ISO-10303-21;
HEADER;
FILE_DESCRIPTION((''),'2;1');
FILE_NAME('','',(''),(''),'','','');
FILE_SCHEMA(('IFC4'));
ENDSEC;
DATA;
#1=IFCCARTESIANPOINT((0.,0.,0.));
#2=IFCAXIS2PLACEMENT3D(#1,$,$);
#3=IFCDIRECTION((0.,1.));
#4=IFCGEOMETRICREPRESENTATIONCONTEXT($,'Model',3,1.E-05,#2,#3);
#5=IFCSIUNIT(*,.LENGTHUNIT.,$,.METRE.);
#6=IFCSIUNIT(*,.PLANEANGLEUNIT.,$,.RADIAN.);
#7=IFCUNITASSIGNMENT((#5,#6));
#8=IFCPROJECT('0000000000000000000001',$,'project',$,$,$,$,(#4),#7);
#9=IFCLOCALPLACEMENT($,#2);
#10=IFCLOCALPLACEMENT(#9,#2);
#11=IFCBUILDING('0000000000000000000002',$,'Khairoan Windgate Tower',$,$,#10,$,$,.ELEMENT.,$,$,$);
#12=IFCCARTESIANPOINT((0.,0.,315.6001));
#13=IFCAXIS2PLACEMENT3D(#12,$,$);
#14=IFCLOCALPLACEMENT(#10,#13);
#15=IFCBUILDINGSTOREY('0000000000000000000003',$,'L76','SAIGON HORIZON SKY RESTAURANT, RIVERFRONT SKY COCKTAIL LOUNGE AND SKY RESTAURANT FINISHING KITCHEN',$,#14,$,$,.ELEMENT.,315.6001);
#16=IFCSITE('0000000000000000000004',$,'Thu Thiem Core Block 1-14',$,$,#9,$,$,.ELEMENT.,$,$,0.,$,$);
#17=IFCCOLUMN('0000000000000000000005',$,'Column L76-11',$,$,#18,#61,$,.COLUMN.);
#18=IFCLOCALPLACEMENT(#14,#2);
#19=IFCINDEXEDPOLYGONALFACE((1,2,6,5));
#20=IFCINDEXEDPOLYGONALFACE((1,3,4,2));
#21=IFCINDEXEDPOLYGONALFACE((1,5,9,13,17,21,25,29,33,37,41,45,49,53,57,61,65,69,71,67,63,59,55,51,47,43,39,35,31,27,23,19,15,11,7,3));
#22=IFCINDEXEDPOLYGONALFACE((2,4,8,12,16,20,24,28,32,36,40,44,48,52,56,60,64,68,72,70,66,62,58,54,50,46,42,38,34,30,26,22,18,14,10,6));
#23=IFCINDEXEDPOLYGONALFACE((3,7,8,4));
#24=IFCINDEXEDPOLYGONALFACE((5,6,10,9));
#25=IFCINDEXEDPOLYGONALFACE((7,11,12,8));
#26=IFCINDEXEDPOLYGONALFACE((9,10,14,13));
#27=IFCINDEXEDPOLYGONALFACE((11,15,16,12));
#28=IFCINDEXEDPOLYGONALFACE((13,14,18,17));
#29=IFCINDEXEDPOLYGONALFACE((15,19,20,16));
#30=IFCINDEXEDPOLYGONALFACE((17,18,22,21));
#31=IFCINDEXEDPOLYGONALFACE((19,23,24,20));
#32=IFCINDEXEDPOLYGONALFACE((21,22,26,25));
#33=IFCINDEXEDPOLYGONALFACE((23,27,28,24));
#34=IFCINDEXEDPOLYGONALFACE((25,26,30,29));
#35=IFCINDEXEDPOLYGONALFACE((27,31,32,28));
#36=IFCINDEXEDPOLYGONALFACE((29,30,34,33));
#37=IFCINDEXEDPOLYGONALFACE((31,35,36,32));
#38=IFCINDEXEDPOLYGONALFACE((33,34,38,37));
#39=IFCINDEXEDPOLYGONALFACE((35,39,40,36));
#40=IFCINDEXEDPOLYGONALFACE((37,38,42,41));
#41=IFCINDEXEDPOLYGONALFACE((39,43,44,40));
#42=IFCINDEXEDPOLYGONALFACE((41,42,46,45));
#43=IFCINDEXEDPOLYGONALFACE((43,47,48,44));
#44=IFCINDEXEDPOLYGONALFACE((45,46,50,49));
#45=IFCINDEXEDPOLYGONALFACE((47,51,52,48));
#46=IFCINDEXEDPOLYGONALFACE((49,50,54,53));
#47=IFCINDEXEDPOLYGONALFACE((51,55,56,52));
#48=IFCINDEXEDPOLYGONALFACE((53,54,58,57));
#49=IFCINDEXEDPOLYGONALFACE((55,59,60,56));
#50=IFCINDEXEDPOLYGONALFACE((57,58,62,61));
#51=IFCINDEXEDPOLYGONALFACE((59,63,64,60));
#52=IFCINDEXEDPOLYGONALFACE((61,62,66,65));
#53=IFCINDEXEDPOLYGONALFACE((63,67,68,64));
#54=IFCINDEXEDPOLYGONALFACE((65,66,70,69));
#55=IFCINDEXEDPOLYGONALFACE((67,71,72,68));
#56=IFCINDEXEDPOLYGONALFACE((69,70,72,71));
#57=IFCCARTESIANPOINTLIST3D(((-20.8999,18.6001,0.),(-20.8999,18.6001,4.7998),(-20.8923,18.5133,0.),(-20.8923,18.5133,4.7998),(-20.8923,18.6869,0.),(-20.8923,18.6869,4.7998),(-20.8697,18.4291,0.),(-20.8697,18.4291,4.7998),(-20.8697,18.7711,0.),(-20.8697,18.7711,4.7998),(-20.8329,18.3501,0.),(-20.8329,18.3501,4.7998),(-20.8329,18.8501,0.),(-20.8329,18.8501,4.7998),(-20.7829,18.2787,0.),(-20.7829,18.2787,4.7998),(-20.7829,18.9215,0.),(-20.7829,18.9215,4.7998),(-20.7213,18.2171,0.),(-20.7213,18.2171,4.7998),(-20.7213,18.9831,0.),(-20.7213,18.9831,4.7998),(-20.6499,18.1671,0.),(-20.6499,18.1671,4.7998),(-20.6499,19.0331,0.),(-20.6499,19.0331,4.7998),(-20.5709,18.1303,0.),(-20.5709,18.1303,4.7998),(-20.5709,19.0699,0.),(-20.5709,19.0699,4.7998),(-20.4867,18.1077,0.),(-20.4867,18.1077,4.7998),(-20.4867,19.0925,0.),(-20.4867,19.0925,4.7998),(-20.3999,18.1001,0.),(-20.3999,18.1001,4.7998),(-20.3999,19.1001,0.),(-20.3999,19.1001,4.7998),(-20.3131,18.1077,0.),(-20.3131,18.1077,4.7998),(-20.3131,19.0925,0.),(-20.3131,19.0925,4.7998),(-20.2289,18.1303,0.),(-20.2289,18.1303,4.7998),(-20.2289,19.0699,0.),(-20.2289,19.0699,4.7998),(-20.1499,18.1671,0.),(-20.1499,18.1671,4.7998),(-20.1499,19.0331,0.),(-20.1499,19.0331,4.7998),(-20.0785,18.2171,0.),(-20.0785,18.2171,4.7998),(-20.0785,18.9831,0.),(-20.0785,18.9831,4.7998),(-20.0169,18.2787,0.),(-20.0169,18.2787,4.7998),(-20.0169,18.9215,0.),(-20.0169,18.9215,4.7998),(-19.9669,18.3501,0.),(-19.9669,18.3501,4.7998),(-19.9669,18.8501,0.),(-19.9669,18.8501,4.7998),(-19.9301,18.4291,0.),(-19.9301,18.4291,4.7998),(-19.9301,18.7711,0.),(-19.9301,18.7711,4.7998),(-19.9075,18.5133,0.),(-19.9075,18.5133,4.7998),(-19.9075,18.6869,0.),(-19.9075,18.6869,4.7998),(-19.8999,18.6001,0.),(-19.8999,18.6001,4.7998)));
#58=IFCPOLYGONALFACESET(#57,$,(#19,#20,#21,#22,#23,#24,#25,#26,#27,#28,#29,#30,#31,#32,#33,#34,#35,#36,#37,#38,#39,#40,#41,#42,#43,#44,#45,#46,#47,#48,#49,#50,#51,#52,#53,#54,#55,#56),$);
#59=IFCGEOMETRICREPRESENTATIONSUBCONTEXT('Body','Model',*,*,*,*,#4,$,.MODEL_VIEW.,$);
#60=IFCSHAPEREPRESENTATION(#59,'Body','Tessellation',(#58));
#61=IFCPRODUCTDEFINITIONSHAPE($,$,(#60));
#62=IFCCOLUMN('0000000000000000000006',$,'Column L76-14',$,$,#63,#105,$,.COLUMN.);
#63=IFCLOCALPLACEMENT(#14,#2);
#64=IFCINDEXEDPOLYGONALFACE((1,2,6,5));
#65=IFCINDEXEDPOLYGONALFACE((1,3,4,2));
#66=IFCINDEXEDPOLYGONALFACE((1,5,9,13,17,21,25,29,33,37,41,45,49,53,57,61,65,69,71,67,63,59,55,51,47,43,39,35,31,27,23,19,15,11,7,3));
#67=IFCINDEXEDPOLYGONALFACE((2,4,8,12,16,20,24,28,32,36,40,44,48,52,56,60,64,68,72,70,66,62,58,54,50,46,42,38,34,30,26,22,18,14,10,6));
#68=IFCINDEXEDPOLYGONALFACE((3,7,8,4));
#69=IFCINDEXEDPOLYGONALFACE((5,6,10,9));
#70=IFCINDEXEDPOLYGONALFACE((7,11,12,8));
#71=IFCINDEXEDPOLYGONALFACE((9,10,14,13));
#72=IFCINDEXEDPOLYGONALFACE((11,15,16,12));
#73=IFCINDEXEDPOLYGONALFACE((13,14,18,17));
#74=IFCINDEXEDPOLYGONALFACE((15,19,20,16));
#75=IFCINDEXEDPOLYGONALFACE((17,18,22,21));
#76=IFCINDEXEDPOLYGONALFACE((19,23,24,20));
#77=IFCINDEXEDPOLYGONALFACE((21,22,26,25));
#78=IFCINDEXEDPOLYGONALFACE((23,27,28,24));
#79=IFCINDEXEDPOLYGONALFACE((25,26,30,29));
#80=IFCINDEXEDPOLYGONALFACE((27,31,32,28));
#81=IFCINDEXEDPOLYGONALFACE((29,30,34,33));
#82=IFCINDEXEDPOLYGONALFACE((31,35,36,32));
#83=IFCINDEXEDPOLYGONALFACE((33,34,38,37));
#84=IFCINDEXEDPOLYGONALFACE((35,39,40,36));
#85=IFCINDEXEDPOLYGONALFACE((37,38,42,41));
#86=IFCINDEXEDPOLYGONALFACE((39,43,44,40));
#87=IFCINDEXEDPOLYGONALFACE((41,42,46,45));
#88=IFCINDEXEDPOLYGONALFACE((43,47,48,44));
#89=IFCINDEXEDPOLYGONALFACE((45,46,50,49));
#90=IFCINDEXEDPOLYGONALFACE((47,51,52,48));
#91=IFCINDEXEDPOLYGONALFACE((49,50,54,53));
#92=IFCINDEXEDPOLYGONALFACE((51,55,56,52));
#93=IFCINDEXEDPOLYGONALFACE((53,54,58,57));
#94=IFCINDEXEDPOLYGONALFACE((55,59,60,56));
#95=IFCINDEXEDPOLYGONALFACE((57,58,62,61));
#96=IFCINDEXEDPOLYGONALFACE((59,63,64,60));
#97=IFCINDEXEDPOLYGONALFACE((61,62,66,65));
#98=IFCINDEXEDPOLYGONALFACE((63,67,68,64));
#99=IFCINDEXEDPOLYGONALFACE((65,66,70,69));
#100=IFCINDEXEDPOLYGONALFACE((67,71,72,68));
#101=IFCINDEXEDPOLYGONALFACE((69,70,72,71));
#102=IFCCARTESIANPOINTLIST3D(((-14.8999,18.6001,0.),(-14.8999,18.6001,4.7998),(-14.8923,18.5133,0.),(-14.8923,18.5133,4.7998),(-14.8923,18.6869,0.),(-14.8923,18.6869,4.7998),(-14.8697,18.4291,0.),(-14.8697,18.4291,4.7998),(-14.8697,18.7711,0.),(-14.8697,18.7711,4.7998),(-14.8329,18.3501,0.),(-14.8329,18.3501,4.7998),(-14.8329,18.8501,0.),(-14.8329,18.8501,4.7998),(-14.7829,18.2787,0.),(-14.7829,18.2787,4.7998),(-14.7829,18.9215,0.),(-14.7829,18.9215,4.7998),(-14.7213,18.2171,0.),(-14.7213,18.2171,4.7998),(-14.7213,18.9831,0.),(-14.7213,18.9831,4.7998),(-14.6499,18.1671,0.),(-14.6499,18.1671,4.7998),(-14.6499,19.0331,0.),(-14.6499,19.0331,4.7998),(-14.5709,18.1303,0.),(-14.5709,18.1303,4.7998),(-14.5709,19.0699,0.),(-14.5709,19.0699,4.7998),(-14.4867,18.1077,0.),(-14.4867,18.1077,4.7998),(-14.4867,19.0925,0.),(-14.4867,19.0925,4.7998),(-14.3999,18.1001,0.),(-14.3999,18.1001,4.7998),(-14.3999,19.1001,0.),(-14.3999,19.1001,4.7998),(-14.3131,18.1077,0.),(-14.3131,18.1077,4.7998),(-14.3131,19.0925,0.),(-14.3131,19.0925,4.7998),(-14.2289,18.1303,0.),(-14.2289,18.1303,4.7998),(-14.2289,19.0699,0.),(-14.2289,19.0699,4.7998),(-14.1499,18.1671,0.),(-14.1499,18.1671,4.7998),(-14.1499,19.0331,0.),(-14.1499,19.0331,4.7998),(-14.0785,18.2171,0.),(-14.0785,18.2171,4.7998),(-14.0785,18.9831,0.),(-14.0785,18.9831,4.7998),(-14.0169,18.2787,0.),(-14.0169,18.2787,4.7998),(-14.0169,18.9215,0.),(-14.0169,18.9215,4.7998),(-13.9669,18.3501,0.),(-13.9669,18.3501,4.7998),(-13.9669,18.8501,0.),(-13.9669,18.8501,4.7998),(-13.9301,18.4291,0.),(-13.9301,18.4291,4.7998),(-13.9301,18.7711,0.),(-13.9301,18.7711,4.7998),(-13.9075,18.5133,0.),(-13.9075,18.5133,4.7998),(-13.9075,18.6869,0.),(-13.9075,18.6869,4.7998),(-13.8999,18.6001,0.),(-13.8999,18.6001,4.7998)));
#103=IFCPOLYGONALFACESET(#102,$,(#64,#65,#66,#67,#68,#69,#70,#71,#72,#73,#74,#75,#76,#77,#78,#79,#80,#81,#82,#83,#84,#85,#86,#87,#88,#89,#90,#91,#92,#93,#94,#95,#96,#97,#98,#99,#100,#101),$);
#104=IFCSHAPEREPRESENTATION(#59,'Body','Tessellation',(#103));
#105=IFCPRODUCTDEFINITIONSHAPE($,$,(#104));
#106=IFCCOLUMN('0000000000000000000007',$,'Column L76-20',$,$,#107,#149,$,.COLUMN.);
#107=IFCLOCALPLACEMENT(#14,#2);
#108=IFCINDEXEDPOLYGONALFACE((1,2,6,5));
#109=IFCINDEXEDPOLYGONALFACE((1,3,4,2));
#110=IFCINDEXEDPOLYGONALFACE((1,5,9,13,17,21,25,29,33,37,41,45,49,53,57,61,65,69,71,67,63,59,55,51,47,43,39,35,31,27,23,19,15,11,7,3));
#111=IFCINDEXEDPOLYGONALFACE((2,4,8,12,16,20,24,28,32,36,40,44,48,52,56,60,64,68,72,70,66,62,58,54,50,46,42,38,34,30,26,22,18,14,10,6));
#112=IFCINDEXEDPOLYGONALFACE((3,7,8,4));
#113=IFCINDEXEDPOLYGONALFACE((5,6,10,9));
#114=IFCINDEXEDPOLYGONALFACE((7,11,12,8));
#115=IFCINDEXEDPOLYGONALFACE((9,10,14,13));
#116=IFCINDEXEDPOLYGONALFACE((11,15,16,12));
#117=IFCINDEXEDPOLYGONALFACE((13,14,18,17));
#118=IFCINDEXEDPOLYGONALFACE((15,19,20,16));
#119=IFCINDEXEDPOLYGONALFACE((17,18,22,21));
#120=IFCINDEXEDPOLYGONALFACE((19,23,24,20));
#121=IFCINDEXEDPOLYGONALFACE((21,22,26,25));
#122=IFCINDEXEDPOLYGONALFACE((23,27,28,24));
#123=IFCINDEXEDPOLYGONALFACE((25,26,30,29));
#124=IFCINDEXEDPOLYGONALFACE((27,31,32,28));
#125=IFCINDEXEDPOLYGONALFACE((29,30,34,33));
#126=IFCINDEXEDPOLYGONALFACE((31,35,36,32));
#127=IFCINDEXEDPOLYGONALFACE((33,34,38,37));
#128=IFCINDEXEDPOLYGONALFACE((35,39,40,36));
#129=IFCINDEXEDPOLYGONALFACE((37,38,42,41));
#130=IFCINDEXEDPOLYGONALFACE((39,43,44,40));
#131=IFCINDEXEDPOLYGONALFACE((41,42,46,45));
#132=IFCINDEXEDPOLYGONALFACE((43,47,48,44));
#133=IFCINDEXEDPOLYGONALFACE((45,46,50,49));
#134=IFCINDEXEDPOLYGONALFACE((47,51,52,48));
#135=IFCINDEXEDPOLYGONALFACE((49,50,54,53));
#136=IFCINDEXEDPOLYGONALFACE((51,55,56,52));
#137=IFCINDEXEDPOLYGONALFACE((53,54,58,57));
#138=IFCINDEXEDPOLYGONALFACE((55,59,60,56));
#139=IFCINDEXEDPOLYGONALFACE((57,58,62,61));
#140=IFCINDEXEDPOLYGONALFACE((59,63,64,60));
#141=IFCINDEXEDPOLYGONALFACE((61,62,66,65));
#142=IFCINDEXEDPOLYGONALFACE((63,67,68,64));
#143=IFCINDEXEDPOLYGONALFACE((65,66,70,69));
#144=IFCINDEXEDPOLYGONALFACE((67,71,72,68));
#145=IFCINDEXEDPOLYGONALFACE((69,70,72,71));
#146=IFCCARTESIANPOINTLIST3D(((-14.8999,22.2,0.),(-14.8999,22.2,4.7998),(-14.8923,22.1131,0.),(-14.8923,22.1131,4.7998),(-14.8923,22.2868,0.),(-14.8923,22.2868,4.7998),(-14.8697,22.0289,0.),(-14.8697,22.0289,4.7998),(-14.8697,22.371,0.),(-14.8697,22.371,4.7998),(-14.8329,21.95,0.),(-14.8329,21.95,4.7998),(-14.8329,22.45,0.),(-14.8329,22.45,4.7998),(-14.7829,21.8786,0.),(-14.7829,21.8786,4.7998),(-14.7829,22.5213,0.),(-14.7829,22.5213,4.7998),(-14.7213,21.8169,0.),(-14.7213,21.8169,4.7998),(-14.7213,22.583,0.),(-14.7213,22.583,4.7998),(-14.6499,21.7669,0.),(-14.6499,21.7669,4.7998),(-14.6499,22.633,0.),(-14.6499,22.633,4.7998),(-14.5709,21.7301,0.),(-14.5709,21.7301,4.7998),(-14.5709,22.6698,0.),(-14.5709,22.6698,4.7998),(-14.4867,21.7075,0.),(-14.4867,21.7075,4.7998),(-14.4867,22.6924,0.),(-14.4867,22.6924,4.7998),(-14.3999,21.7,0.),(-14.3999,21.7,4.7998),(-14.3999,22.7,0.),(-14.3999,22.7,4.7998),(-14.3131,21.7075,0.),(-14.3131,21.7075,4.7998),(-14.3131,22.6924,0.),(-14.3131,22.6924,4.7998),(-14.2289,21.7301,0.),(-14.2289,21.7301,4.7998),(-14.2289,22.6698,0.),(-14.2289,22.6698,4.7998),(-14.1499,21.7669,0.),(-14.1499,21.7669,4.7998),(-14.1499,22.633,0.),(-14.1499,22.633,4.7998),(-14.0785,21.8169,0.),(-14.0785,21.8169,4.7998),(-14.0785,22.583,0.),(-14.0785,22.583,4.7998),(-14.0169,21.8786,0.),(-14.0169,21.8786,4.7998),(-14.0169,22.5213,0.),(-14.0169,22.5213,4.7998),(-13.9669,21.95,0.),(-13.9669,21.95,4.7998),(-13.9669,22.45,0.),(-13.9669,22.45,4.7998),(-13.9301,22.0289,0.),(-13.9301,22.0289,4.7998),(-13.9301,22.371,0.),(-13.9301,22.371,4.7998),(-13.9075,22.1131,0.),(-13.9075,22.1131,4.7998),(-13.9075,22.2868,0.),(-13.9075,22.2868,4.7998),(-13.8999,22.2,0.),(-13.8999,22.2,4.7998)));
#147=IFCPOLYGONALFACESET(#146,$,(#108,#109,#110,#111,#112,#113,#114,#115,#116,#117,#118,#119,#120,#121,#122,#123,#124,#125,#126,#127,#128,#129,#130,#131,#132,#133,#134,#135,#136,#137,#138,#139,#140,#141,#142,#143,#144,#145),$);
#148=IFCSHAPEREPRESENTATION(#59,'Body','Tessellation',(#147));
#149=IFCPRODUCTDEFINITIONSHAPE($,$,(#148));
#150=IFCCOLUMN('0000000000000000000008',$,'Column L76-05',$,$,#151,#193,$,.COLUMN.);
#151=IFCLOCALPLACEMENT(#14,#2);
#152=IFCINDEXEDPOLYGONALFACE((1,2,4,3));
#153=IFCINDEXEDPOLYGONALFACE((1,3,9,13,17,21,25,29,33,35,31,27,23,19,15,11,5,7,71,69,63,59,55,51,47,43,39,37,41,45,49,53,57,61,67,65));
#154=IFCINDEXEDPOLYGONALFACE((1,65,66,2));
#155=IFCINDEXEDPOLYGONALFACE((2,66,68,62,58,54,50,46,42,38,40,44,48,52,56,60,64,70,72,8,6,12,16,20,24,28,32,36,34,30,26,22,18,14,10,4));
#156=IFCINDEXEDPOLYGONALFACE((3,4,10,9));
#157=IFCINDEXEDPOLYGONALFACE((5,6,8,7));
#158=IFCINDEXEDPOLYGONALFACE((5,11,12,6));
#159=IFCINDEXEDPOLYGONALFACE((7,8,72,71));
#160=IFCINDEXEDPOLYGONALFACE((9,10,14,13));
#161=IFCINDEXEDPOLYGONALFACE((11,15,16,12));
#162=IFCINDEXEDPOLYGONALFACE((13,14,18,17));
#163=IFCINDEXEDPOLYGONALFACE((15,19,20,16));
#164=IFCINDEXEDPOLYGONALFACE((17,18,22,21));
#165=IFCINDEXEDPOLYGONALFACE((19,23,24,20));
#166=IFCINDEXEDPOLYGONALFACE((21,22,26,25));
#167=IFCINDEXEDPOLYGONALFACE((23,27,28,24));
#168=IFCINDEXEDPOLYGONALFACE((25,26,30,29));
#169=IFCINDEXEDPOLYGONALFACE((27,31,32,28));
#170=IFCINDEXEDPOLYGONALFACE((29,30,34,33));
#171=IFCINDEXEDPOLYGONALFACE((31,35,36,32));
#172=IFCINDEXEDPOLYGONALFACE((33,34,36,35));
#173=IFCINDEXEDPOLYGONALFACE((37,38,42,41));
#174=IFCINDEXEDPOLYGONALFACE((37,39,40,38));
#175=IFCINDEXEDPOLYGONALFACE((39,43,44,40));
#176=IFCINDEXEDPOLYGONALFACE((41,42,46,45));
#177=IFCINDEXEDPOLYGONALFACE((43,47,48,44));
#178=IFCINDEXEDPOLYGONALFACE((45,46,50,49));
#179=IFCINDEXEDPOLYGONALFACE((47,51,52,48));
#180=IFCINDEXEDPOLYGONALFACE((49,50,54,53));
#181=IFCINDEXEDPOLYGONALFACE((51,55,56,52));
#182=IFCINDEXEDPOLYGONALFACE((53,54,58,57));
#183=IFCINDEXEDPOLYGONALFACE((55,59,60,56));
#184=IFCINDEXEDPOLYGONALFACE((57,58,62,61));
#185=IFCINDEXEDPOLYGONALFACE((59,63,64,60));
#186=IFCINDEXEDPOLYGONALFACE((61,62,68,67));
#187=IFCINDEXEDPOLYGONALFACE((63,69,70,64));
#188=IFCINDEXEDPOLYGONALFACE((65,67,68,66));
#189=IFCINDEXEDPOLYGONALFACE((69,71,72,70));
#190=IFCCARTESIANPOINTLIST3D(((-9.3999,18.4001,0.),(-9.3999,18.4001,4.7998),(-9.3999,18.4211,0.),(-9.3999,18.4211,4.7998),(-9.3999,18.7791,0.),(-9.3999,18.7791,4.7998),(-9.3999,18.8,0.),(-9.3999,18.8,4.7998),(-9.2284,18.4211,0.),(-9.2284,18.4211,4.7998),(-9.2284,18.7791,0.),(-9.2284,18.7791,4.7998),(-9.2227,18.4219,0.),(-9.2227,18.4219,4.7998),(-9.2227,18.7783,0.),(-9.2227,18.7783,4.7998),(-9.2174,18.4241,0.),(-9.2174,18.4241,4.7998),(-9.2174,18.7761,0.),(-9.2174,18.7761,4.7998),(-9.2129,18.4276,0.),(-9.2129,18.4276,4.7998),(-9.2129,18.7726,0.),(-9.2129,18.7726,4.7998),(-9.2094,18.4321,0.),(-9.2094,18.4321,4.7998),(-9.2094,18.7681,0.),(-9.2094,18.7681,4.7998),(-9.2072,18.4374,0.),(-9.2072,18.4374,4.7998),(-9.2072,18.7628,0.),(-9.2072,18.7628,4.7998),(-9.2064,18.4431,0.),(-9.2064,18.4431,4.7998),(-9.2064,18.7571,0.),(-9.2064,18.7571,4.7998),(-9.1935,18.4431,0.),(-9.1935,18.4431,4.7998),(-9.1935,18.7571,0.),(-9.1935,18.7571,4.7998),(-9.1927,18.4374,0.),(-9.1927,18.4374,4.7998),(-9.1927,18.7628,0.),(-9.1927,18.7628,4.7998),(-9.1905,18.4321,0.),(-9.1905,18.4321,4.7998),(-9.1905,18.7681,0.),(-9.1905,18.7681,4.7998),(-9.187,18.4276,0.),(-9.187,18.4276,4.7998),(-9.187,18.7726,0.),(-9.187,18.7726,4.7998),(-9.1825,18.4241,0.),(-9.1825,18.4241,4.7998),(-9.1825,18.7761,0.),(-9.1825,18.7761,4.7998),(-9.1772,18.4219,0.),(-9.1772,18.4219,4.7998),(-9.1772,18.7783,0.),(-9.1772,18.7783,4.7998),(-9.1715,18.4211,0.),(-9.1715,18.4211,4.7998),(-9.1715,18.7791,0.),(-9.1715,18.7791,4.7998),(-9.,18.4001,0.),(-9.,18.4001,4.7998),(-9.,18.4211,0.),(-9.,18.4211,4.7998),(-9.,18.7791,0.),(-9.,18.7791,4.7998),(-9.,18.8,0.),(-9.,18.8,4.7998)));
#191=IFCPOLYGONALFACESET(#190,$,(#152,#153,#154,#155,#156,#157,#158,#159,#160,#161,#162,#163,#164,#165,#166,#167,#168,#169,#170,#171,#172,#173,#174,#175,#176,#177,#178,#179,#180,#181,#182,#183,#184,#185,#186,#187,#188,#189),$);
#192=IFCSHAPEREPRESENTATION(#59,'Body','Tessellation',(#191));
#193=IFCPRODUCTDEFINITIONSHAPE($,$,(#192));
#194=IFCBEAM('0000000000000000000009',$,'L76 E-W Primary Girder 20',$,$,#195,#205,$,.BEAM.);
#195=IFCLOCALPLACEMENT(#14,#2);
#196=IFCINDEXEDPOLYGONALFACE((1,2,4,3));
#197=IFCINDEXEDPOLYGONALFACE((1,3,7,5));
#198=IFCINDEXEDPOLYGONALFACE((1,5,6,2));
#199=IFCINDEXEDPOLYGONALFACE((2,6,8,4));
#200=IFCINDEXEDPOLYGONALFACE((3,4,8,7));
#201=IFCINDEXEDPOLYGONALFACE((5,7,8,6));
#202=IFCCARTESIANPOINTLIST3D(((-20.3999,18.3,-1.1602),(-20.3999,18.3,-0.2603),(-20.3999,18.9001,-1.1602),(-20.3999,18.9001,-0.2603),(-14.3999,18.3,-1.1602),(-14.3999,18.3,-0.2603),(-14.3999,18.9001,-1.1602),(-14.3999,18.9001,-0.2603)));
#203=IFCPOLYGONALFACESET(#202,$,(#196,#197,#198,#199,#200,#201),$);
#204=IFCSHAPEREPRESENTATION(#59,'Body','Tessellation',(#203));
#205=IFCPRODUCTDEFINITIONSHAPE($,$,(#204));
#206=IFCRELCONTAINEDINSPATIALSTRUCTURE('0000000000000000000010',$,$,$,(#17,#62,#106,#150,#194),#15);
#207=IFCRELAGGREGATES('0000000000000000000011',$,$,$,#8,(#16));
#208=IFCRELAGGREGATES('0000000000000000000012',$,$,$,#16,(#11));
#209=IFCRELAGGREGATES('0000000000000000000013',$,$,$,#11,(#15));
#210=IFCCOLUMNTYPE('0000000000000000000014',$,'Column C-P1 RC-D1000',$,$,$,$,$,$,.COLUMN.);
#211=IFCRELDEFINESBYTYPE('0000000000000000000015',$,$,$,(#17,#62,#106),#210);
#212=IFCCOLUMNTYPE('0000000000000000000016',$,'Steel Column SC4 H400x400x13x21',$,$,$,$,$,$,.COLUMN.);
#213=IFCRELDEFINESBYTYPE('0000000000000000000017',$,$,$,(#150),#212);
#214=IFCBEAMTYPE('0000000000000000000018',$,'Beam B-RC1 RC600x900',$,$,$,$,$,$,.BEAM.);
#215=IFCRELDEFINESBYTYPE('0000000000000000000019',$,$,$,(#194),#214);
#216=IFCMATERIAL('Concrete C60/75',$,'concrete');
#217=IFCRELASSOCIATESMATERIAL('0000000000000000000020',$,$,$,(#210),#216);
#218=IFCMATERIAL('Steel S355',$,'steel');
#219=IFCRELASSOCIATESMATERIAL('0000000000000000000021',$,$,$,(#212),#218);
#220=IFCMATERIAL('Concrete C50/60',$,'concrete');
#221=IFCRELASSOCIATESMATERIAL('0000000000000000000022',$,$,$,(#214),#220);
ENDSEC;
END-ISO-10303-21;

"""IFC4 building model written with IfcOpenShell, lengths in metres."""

from ifc_helpers import new_model, si_unit, direction, frame, origin, origin_2d, place, context, subcontext, project, spatial, rectangle, circle, i_section, extrude, material, material_profile, profile_set, type_object, element, save


model = new_model("IFC4")

# Units and contexts
model_context = context("Model", 3, precision=1e-05, world=origin(), true_north=direction((0.0, 1.0)))
body_context = subcontext(model_context, "Body", "Model", "MODEL_VIEW")
ifc_project = project(units=[si_unit("LENGTHUNIT", "METRE"), si_unit("PLANEANGLEUNIT", "RADIAN")], contexts=[model_context])

# Site, building, storey
site_placement = place(None, origin())
site = spatial("IfcSite", under=ifc_project, at=site_placement, Name="Thu Thiem Core Block 1-14", CompositionType="ELEMENT", RefElevation=0.0)
building_placement = place(site_placement, origin())
building = spatial("IfcBuilding", under=site, at=building_placement, Name="Khairoan Windgate Tower", CompositionType="ELEMENT")
storey_placement = place(building_placement, frame((0.0, 0.0, 315.6001)))
storey = spatial("IfcBuildingStorey", under=building, at=storey_placement, Name="L76", Description="SAIGON HORIZON SKY RESTAURANT, RIVERFRONT SKY COCKTAIL LOUNGE AND SKY RESTAURANT FINISHING KITCHEN", CompositionType="ELEMENT", Elevation=315.6001)

# Columns
ifc_material_1 = material(Name="Concrete C60/75", Category="concrete")
ifc_material_profile_1 = material_profile(ifc_material_1, circle(Radius=0.5, at=origin_2d()))
ifc_profile_set_1 = profile_set([ifc_material_profile_1], Name="Concrete C60/75")
column_type_1 = type_object("IfcColumnType", Name="Column C-P1 RC-D1000", PredefinedType="COLUMN", material=ifc_profile_set_1)
for number, where, z_axis, x_axis, name in (
    (1, (-20.3999, 18.6001, 0.0), (0.0, 0.0, 1.0), (1.0, 0.0, 0.0), "Column L76-11"),
    (2, (-14.3999, 18.6001, 0.0), (0.0, 0.0, 1.0), (1.0, 0.0, 0.0), "Column L76-14"),
    (3, (-14.3999, 22.2, 0.0), (0.0, 0.0, 1.0), (1.0, 0.0, 0.0), "Column L76-20"),
):
    element("IfcColumn", number, at=place(storey_placement, frame(where, z_axis=z_axis, x_axis=x_axis)), inside=storey, type_object=column_type_1, Name=name, PredefinedType="COLUMN", context=body_context, shape_type="SweptSolid", body=[
        extrude(circle(Radius=0.5, at=origin_2d()), origin(), (0.0, 0.0, 1.0), 4.7998),
    ])
ifc_material_2 = material(Name="Steel S355", Category="steel")
ifc_material_profile_2 = material_profile(ifc_material_2, i_section(OverallWidth=0.3999, OverallDepth=0.3999, WebThickness=0.0129, FlangeThickness=0.021, FilletRadius=0.022, at=origin_2d()))
ifc_profile_set_2 = profile_set([ifc_material_profile_2], Name="Steel S355")
column_type_2 = type_object("IfcColumnType", Name="Steel Column SC4 H400x400x13x21", PredefinedType="COLUMN", material=ifc_profile_set_2)
column_placement = place(storey_placement, frame((-9.2, 18.6001, 0.0), z_axis=(0.0, 0.0, 1.0), x_axis=(1.0, 0.0, 0.0)))
element("IfcColumn", 4, at=column_placement, inside=storey, type_object=column_type_2, Name="Column L76-05", PredefinedType="COLUMN", context=body_context, shape_type="SweptSolid", body=[
    extrude(i_section(OverallWidth=0.3999, OverallDepth=0.3999, WebThickness=0.0129, FlangeThickness=0.021, FilletRadius=0.022, at=origin_2d()), origin(), (0.0, 0.0, 1.0), 4.7998),
])

# Beam
ifc_material_3 = material(Name="Concrete C50/60", Category="concrete")
ifc_material_profile_3 = material_profile(ifc_material_3, rectangle(XDim=0.6001, YDim=0.8999, at=origin_2d()))
ifc_profile_set_3 = profile_set([ifc_material_profile_3], Name="Concrete C50/60")
beam_type = type_object("IfcBeamType", Name="Beam B-RC1 RC600x900", PredefinedType="BEAM", material=ifc_profile_set_3)
beam_1_placement = place(storey_placement, frame((-20.3999, 18.6001, -0.7102), z_axis=(1.0, 0.0, 0.0), x_axis=(0.0, 1.0, 0.0)))
element("IfcBeam", 5, at=beam_1_placement, inside=storey, type_object=beam_type, Name="L76 E-W Primary Girder 20", PredefinedType="BEAM", context=body_context, shape_type="SweptSolid", body=[
    extrude(rectangle(XDim=0.6001, YDim=0.8999, at=origin_2d()), origin(), (0.0, 0.0, 1.0), 6.0),
])

save(model, "model.ifc")
